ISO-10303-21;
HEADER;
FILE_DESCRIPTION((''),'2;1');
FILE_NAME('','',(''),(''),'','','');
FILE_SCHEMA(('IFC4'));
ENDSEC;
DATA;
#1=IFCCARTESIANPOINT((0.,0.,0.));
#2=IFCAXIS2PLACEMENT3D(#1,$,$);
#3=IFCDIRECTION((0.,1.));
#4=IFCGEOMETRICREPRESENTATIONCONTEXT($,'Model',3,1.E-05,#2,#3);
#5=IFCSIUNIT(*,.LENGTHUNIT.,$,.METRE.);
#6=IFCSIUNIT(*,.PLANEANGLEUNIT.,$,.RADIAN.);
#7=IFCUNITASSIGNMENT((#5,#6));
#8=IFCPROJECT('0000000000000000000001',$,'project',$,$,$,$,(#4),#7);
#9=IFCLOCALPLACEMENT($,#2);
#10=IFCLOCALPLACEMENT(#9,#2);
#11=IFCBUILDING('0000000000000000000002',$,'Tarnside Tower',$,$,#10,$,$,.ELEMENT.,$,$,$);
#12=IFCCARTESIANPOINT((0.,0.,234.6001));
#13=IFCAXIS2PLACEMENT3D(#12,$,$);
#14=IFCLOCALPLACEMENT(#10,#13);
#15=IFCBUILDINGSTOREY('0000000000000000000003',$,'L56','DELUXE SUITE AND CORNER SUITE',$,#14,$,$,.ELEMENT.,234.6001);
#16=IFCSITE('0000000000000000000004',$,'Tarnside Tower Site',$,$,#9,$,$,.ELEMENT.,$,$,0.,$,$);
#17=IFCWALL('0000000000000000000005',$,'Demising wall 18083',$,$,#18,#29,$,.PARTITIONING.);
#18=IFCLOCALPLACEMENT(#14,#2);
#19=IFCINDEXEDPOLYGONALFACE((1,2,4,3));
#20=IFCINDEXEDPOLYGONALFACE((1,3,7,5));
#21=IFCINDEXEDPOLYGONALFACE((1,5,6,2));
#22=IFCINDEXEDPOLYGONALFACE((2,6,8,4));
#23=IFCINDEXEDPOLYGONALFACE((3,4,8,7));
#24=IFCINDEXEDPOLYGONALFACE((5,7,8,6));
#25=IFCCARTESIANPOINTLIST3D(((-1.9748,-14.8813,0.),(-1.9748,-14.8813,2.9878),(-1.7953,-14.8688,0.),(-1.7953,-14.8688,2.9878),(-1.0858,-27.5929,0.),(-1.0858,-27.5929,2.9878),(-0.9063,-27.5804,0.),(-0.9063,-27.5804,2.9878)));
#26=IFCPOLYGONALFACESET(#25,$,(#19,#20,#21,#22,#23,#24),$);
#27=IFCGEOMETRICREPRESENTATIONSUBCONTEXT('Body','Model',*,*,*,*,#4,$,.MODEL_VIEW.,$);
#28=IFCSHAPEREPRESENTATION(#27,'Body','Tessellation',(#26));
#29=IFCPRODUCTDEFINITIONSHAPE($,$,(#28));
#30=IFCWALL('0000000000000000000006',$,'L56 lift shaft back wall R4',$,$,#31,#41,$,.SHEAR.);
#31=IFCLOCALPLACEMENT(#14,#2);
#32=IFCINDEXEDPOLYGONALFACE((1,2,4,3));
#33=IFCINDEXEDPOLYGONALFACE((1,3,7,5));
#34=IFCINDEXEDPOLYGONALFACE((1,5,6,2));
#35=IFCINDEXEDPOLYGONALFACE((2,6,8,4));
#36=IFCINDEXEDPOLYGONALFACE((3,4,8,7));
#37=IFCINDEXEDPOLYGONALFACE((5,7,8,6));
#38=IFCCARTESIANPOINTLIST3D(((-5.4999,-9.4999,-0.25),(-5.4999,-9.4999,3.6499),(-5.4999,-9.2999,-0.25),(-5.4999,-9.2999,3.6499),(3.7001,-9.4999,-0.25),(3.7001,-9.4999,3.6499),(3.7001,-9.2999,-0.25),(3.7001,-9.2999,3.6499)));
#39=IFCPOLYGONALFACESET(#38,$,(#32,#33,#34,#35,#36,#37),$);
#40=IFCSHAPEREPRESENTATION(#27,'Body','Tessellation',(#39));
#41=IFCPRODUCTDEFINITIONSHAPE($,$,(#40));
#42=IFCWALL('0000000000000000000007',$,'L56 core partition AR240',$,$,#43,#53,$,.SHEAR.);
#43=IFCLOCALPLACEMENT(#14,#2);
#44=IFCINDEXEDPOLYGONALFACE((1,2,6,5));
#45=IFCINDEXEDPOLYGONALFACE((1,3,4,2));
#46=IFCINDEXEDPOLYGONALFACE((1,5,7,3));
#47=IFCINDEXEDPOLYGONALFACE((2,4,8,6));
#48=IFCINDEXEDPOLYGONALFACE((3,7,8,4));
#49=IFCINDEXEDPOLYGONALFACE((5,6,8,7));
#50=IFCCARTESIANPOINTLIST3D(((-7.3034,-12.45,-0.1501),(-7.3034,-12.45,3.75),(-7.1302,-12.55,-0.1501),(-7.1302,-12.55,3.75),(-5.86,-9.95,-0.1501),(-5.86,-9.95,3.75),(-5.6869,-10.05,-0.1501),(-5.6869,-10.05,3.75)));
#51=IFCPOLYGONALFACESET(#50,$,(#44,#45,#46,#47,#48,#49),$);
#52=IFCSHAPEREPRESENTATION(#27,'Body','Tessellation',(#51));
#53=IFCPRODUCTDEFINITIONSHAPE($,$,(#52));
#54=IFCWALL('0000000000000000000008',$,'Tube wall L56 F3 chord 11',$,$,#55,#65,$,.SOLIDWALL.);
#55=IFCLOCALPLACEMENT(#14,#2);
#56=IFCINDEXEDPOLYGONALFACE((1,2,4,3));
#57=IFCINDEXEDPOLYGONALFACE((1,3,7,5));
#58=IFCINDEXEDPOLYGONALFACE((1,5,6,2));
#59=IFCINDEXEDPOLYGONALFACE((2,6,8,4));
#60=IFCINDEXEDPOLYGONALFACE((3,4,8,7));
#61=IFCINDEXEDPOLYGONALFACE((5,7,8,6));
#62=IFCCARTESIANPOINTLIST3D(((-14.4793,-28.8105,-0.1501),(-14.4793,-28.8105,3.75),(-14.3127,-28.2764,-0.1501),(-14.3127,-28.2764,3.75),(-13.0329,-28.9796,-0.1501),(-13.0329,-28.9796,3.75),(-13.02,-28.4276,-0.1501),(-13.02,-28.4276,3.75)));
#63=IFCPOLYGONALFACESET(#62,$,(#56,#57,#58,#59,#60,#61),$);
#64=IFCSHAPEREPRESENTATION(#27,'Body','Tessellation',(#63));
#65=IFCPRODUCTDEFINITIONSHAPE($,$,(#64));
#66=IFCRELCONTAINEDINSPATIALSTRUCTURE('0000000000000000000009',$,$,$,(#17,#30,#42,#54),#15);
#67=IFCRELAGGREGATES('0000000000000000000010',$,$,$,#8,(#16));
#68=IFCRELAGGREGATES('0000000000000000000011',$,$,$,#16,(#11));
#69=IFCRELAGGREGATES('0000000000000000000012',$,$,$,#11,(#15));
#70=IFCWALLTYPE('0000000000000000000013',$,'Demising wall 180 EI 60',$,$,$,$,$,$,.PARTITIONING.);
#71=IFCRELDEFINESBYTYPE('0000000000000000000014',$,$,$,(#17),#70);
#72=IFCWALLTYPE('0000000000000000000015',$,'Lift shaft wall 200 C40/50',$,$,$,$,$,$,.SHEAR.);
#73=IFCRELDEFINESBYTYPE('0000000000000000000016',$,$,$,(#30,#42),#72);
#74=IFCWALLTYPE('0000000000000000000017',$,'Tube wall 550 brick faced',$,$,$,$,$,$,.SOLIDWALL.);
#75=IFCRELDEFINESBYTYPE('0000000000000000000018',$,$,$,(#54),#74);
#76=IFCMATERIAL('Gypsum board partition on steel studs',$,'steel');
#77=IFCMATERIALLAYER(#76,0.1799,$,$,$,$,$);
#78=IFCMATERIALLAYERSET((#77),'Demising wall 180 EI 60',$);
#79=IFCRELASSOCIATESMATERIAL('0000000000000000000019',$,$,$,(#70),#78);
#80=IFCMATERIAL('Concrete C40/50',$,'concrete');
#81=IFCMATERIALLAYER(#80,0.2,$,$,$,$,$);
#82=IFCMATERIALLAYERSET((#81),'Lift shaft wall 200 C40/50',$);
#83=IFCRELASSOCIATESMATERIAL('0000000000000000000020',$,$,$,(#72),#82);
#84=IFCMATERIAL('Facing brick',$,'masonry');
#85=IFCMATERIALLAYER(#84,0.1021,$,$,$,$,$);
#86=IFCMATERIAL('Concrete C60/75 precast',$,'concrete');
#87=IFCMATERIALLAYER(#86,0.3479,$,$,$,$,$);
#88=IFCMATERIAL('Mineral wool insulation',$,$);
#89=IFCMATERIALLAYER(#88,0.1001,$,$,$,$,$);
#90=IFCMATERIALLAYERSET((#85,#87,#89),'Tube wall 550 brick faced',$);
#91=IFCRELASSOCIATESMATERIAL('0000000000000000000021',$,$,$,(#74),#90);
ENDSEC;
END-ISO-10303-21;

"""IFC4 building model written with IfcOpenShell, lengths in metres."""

from ifc_helpers import new_model, si_unit, direction, frame, frame_2d, origin, place, context, subcontext, project, spatial, polyline, rectangle, outline, extrude, material, layer, layer_set, type_object, element, save


model = new_model("IFC4")

# Units and contexts
model_context = context("Model", 3, precision=1e-05, world=origin(), true_north=direction((0.0, 1.0)))
body_context = subcontext(model_context, "Body", "Model", "MODEL_VIEW")
ifc_project = project(units=[si_unit("LENGTHUNIT", "METRE"), si_unit("PLANEANGLEUNIT", "RADIAN")], contexts=[model_context])

# Site, building, storey
site_placement = place(None, origin())
site = spatial("IfcSite", under=ifc_project, at=site_placement, Name="Tarnside Tower Site", CompositionType="ELEMENT", RefElevation=0.0)
building_placement = place(site_placement, origin())
building = spatial("IfcBuilding", under=site, at=building_placement, Name="Tarnside Tower", CompositionType="ELEMENT")
storey_placement = place(building_placement, frame((0.0, 0.0, 234.6001)))
storey = spatial("IfcBuildingStorey", under=building, at=storey_placement, Name="L56", Description="DELUXE SUITE AND CORNER SUITE", CompositionType="ELEMENT", Elevation=234.6001)

# Shared definitions
ifc_material_1 = material(Name="Gypsum board partition on steel studs", Category="steel")

# Walls
ifc_layer_1 = layer(ifc_material_1, 0.1799)
ifc_layer_set_1 = layer_set([ifc_layer_1], Name="Demising wall 180 EI 60")
wall_type_1 = type_object("IfcWallType", Name="Demising wall 180 EI 60", PredefinedType="PARTITIONING", material=ifc_layer_set_1)
wall_1_placement = place(storey_placement, frame((-0.9961, -27.5867, 0.0), z_axis=(0.0, 0.0, 1.0), x_axis=(-0.069759, 0.997564, 0.0)))
element("IfcWall", 1, at=wall_1_placement, inside=storey, type_object=wall_type_1, Name="Demising wall 18083", PredefinedType="PARTITIONING", context=body_context, shape_type="SweptSolid", body=[
    extrude(rectangle(XDim=12.7427, YDim=0.1799, at=frame_2d((6.3713, 0.0))), origin(), (0.0, 0.0, 1.0), 2.9878),
])
ifc_material_2 = material(Name="Concrete C40/50", Category="concrete")
ifc_layer_2 = layer(ifc_material_2, 0.2)
ifc_layer_set_2 = layer_set([ifc_layer_2], Name="Lift shaft wall 200 C40/50")
wall_type_2 = type_object("IfcWallType", Name="Lift shaft wall 200 C40/50", PredefinedType="SHEAR", material=ifc_layer_set_2)
wall_2_placement = place(storey_placement, frame((-5.5, -9.3999, -0.25), z_axis=(0.0, 0.0, 1.0), x_axis=(1.0, 0.0, 0.0)))
element("IfcWall", 2, at=wall_2_placement, inside=storey, type_object=wall_type_2, Name="L56 lift shaft back wall R4", PredefinedType="SHEAR", context=body_context, shape_type="SweptSolid", body=[
    extrude(rectangle(XDim=9.2, YDim=0.2, at=frame_2d((4.6001, 0.0))), origin(), (0.0, 0.0, 1.0), 3.8999),
])
wall_3_placement = place(storey_placement, frame((-5.7734, -10.0, -0.1501), z_axis=(0.0, 0.0, 1.0), x_axis=(-0.499996, -0.866028, 0.0)))
element("IfcWall", 3, at=wall_3_placement, inside=storey, type_object=wall_type_2, Name="L56 core partition AR240", PredefinedType="SHEAR", context=body_context, shape_type="SweptSolid", body=[
    extrude(rectangle(XDim=2.8867, YDim=0.2, at=frame_2d((1.4434, 0.0))), origin(), (0.0, 0.0, 1.0), 3.9001),
])
ifc_material_3 = material(Name="Facing brick", Category="masonry")
ifc_layer_3 = layer(ifc_material_3, 0.1021)
ifc_material_4 = material(Name="Concrete C60/75 precast", Category="concrete")
ifc_layer_4 = layer(ifc_material_4, 0.3479)
ifc_material_5 = material(Name="Mineral wool insulation")
ifc_layer_5 = layer(ifc_material_5, 0.1001)
ifc_layer_set_3 = layer_set([ifc_layer_3, ifc_layer_4, ifc_layer_5], Name="Tube wall 550 brick faced")
wall_type_3 = type_object("IfcWallType", Name="Tube wall 550 brick faced", PredefinedType="SOLIDWALL", material=ifc_layer_set_3)
wall_4_placement = place(storey_placement, frame((-14.396, -28.5435, -0.1501), z_axis=(0.0, 0.0, 1.0), x_axis=(0.993233, -0.116143, 0.0)))
element("IfcWall", 4, at=wall_4_placement, inside=storey, type_object=wall_type_3, Name="Tube wall L56 F3 chord 11", PredefinedType="SOLIDWALL", context=body_context, shape_type="SweptSolid", body=[
    extrude(outline(polyline([(-0.0518, -0.2749), (1.4045, -0.2749), (1.3533, 0.2749), (0.0518, 0.2749), (-0.0518, -0.2749)])), origin(), (0.0, 0.0, 1.0), 3.9001),
])

save(model, "model.ifc")
